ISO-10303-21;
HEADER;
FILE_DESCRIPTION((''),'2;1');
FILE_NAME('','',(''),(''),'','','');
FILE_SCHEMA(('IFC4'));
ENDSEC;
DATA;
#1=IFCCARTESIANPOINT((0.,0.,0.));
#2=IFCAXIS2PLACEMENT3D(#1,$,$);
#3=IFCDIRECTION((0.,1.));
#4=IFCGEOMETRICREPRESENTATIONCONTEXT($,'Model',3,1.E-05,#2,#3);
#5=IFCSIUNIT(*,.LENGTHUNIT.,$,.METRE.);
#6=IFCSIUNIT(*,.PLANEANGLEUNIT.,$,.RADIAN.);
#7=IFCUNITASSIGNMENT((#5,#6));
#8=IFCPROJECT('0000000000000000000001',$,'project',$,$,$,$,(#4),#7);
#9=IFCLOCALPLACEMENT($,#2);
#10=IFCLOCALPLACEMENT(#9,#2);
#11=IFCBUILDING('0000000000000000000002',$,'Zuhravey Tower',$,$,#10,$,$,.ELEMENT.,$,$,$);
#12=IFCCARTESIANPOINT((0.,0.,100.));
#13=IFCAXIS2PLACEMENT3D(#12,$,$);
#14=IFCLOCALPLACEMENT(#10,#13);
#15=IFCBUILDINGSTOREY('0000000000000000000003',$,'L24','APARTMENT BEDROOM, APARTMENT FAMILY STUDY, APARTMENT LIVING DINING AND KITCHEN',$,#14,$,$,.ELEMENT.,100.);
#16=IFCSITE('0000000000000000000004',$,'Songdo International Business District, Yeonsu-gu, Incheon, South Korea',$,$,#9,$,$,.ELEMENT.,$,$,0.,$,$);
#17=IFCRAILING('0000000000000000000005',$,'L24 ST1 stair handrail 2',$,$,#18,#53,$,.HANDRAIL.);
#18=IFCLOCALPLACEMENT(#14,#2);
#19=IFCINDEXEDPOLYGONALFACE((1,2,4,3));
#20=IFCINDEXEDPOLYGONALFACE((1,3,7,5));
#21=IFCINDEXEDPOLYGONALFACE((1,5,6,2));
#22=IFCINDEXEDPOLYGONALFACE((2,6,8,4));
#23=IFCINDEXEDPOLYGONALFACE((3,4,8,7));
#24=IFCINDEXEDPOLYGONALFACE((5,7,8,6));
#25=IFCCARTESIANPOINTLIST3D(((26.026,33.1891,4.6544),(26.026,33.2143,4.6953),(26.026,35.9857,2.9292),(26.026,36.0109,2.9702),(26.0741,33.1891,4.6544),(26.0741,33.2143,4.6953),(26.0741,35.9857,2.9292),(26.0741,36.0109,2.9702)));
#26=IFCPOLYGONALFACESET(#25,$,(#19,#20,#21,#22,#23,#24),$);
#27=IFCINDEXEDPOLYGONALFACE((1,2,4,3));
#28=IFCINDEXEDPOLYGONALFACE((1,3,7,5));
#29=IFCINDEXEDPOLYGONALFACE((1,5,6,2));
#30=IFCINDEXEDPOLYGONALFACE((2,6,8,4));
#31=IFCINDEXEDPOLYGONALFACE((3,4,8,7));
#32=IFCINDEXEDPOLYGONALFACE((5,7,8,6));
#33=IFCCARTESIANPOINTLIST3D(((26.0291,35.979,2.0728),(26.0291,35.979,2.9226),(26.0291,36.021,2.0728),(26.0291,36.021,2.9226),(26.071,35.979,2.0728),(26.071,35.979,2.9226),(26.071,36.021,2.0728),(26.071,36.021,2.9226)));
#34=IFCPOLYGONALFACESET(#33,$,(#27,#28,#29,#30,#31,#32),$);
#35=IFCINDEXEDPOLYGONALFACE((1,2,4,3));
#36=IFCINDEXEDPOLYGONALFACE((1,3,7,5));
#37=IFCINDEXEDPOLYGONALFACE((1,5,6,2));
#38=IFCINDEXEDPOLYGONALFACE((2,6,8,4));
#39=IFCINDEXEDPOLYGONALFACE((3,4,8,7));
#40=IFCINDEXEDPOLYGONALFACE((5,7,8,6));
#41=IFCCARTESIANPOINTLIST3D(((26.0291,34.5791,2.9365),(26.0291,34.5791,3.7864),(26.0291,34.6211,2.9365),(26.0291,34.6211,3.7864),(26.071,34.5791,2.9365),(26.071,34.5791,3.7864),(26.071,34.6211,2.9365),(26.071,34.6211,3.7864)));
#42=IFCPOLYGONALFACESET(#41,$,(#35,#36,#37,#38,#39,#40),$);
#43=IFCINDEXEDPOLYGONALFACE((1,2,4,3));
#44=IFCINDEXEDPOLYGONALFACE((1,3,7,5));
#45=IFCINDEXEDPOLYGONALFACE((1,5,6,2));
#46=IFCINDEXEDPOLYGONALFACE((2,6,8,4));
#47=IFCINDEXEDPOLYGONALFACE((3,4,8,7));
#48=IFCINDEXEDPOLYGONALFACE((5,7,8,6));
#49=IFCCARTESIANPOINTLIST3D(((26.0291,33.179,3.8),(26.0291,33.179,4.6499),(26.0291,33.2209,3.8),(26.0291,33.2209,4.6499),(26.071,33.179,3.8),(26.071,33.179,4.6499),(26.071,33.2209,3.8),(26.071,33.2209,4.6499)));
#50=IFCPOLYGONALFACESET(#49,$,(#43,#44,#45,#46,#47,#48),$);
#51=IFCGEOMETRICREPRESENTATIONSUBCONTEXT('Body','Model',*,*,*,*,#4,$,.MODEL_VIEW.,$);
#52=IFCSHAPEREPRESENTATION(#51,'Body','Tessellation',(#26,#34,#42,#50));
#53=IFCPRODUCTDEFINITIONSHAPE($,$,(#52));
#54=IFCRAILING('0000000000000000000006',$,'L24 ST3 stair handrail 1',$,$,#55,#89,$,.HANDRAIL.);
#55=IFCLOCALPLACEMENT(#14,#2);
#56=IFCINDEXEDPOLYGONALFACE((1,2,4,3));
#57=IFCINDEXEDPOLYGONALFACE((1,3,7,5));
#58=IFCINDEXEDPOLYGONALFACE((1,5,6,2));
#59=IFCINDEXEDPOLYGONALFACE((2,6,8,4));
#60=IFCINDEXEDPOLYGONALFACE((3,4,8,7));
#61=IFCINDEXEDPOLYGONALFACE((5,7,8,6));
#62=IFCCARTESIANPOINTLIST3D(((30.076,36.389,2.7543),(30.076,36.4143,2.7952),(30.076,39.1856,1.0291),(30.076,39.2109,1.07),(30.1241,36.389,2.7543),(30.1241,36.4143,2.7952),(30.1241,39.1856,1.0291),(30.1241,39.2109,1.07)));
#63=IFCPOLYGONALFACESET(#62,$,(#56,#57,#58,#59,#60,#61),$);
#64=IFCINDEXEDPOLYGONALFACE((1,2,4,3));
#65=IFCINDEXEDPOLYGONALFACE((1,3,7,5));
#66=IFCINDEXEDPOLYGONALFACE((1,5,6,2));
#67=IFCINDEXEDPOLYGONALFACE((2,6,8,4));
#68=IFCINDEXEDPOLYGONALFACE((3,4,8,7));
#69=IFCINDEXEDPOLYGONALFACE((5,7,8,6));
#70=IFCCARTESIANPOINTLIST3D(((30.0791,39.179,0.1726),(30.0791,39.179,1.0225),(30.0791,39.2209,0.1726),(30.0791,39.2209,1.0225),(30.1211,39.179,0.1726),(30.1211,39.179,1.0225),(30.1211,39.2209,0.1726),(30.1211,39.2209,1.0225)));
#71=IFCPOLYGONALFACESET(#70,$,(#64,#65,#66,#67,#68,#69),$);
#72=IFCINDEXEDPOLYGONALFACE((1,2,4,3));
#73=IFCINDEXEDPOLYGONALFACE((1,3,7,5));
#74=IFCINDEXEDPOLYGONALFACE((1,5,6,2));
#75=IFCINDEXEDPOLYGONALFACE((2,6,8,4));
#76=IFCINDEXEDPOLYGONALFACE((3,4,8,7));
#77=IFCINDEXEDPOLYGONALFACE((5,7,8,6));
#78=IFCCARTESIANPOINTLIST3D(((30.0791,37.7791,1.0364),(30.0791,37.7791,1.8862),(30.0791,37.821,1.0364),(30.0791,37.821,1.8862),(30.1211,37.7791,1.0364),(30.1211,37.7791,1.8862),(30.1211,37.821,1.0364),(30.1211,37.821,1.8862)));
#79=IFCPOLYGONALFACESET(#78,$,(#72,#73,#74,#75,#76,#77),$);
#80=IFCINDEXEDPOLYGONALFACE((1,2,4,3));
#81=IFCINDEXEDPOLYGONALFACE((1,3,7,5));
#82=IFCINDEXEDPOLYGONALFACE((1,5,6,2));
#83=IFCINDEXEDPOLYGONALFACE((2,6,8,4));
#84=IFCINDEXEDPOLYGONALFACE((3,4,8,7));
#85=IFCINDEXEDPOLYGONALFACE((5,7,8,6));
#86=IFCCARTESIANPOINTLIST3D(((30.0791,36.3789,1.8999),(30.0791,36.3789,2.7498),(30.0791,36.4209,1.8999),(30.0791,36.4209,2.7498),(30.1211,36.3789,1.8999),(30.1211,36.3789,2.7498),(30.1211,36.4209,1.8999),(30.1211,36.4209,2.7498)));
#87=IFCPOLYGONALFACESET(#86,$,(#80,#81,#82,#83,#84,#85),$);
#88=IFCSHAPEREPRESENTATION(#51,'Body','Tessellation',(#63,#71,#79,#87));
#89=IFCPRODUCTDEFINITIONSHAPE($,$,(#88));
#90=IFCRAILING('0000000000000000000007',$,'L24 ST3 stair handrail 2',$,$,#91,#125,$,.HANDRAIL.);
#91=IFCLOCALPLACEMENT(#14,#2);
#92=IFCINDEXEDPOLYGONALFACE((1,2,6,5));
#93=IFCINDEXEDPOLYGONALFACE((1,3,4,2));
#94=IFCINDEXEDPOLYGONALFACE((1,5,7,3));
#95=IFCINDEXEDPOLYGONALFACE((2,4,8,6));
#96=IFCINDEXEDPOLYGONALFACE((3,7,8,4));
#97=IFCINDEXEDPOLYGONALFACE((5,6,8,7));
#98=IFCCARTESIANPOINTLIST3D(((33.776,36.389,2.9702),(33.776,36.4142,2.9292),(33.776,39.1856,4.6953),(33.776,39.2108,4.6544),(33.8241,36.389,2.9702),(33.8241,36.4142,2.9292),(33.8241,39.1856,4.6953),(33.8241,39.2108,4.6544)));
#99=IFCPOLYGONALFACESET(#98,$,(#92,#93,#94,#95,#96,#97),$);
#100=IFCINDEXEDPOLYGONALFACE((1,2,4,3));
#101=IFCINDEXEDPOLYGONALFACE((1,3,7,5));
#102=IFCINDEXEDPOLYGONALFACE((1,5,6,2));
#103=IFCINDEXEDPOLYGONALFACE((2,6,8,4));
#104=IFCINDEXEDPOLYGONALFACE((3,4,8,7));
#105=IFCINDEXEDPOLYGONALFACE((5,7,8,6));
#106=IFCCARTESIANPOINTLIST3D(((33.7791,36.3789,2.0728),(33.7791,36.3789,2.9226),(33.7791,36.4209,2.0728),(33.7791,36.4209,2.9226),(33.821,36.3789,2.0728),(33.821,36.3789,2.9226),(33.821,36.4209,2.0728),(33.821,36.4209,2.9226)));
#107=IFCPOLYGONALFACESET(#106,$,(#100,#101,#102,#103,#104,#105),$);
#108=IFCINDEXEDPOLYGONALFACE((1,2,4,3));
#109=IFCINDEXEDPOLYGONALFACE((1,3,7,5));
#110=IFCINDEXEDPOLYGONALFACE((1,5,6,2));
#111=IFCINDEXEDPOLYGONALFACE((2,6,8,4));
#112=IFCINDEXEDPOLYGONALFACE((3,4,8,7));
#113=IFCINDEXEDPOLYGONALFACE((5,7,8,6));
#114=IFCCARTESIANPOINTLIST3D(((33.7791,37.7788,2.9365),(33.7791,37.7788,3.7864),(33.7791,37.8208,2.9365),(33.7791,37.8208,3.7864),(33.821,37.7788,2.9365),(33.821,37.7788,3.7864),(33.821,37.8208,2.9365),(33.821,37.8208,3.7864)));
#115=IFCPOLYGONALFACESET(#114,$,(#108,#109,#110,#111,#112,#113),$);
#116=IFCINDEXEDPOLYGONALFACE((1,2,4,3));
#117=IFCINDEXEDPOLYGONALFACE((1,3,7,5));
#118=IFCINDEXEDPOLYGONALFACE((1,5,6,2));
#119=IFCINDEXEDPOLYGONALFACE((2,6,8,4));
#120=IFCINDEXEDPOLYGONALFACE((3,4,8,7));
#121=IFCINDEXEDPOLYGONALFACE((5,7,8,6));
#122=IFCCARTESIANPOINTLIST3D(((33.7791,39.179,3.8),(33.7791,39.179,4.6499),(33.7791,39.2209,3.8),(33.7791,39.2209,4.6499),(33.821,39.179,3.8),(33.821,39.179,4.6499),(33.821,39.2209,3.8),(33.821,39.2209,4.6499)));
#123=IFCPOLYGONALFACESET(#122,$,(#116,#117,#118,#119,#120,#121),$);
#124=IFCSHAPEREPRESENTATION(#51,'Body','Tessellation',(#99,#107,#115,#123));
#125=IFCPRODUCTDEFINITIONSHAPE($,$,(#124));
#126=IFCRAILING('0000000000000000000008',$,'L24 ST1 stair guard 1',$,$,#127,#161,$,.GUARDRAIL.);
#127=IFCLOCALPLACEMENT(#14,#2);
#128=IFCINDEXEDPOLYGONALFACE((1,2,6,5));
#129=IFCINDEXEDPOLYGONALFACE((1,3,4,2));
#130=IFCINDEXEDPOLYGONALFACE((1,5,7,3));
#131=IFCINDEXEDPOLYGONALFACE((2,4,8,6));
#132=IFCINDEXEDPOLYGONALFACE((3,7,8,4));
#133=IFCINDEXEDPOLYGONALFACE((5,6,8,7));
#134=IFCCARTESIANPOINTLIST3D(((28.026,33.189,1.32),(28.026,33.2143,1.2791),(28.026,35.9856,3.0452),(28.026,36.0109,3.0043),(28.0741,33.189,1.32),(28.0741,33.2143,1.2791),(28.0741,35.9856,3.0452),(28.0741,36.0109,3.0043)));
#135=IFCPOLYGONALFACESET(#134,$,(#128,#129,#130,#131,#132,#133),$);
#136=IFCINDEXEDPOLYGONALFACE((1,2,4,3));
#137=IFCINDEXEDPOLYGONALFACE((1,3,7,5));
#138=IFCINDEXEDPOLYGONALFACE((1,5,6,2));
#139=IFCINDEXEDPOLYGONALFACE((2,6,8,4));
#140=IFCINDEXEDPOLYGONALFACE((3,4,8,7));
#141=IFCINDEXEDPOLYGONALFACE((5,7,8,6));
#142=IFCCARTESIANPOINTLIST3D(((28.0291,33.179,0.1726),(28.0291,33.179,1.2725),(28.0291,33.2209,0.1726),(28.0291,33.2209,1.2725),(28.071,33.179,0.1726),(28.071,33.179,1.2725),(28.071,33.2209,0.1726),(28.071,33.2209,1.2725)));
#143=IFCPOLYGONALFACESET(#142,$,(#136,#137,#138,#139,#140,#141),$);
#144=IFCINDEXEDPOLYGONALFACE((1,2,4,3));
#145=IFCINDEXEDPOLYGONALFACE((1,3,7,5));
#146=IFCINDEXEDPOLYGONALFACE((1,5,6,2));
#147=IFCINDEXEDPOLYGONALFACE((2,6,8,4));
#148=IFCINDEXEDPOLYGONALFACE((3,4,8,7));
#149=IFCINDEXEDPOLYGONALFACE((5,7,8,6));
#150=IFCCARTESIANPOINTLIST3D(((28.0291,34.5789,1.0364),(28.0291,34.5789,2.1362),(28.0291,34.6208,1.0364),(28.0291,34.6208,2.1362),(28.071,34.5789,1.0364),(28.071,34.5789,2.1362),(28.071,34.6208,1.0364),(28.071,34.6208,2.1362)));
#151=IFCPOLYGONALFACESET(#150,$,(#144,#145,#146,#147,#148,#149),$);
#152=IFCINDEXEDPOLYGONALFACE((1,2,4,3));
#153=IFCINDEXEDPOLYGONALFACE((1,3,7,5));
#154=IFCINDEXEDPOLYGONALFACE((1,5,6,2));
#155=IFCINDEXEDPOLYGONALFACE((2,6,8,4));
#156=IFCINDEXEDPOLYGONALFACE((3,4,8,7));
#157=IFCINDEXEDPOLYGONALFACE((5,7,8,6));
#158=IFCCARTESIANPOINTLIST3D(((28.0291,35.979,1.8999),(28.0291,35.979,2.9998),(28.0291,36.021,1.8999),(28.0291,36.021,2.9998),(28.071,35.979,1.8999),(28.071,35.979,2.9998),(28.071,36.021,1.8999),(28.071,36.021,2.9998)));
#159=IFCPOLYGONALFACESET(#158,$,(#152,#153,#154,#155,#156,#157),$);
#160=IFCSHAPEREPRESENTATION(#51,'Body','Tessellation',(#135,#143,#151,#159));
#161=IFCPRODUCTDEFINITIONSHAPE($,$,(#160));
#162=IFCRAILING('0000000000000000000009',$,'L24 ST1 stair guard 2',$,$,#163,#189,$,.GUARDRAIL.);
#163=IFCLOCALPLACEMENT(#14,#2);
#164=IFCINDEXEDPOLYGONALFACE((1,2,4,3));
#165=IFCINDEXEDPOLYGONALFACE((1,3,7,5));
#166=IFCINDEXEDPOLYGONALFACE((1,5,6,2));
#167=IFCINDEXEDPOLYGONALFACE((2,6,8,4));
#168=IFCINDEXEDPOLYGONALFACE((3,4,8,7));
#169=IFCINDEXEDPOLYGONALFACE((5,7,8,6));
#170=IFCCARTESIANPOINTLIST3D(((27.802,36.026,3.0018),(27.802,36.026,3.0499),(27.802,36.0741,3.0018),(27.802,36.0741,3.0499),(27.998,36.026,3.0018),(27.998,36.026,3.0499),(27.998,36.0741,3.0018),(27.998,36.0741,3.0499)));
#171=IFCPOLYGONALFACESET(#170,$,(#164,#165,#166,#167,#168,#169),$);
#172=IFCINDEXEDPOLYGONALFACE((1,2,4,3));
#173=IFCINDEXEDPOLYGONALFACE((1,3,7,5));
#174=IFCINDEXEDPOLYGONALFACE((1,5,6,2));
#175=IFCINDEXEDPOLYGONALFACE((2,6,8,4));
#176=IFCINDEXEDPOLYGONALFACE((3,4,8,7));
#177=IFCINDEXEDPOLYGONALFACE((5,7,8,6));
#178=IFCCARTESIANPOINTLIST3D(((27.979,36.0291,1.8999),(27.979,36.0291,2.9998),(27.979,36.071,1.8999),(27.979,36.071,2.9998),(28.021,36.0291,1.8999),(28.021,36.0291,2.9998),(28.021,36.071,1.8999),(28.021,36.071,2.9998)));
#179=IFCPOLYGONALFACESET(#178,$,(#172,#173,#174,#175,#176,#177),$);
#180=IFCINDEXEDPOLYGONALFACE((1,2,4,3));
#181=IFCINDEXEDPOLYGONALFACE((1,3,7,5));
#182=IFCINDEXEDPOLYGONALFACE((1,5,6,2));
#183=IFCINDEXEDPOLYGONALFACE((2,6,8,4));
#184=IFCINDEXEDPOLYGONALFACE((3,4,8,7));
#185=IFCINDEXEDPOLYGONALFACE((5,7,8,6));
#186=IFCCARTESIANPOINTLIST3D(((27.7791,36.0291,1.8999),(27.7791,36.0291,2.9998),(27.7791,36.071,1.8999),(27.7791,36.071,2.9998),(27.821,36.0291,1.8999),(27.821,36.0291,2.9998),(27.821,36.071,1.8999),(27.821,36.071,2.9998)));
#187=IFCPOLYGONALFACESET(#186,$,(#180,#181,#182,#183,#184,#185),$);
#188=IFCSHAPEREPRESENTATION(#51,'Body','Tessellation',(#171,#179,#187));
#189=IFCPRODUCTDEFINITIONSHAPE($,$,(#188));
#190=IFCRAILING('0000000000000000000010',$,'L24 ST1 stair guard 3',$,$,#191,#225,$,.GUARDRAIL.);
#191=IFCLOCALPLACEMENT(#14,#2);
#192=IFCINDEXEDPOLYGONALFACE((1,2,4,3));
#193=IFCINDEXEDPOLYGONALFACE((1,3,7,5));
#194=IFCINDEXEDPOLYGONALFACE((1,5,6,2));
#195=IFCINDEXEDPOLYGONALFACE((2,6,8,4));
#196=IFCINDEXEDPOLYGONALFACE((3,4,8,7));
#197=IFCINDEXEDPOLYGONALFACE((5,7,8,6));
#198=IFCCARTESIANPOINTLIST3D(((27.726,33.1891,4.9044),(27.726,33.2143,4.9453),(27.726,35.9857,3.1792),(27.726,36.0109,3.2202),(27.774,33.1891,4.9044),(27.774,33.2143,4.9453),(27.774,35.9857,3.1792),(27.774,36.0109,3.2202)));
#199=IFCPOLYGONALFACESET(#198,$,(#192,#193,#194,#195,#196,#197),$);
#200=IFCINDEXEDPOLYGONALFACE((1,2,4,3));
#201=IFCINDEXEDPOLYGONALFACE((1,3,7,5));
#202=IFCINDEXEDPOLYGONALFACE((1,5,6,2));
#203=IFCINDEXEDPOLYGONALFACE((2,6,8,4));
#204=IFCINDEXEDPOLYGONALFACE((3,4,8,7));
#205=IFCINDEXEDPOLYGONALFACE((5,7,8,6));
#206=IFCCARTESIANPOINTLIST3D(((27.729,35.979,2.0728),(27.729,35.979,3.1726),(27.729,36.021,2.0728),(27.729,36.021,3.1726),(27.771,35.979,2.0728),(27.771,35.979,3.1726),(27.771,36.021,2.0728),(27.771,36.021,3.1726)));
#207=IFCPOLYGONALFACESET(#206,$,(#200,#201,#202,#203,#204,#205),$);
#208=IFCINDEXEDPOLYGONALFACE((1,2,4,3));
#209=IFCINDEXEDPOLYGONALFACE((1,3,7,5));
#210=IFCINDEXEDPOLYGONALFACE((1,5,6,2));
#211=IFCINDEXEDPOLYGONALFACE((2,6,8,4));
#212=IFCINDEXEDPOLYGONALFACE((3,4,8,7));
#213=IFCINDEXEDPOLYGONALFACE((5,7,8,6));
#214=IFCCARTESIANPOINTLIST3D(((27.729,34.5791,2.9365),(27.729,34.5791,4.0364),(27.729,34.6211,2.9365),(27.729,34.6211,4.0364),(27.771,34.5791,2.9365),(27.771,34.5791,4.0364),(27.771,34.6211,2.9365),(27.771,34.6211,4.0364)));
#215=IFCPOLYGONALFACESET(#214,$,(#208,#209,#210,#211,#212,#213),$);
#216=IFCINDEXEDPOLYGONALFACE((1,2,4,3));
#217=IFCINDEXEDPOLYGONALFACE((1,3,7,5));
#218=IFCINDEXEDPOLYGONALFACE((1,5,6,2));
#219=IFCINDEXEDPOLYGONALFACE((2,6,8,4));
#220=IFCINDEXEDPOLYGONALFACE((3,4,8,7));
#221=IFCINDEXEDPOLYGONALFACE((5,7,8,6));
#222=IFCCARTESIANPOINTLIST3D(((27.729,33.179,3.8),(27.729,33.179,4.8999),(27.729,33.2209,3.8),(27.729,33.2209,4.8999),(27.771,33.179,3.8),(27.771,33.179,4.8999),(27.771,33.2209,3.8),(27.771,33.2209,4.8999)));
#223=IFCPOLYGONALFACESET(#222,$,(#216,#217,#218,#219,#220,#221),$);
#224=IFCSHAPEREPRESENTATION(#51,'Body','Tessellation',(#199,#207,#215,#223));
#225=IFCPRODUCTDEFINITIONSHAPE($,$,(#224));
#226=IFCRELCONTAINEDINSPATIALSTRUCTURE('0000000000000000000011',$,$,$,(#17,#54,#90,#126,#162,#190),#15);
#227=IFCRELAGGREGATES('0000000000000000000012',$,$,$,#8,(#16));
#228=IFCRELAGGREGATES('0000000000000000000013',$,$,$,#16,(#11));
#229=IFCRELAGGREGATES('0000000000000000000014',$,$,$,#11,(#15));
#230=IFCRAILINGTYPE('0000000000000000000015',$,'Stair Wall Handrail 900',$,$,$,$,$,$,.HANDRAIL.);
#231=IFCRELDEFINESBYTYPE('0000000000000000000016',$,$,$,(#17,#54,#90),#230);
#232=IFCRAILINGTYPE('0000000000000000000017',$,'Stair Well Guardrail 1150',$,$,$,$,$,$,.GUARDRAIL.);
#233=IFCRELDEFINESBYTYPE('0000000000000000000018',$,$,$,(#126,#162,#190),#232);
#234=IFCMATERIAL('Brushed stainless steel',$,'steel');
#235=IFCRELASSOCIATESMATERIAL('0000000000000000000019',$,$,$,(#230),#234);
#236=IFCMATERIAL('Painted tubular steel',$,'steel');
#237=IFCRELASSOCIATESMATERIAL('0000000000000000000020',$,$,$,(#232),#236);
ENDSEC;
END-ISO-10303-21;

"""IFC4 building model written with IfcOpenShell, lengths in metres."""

from ifc_helpers import new_model, si_unit, direction, frame, origin, origin_2d, place, context, subcontext, project, spatial, rectangle, extrude, material, type_object, element, save


model = new_model("IFC4")

# Units and contexts
model_context = context("Model", 3, precision=1e-05, world=origin(), true_north=direction((0.0, 1.0)))
body_context = subcontext(model_context, "Body", "Model", "MODEL_VIEW")
ifc_project = project(units=[si_unit("LENGTHUNIT", "METRE"), si_unit("PLANEANGLEUNIT", "RADIAN")], contexts=[model_context])

# Site, building, storey
site_placement = place(None, origin())
site = spatial("IfcSite", under=ifc_project, at=site_placement, Name="Songdo International Business District, Yeonsu-gu, Incheon, South Korea", CompositionType="ELEMENT", RefElevation=0.0)
building_placement = place(site_placement, origin())
building = spatial("IfcBuilding", under=site, at=building_placement, Name="Zuhravey Tower", CompositionType="ELEMENT")
storey_placement = place(building_placement, frame((0.0, 0.0, 100.0)))
storey = spatial("IfcBuildingStorey", under=building, at=storey_placement, Name="L24", Description="APARTMENT BEDROOM, APARTMENT FAMILY STUDY, APARTMENT LIVING DINING AND KITCHEN", CompositionType="ELEMENT", Elevation=100.0)

# Railings
ifc_material_1 = material(Name="Brushed stainless steel", Category="steel")
railing_type_1 = type_object("IfcRailingType", Name="Stair Wall Handrail 900", PredefinedType="HANDRAIL", material=ifc_material_1)
for number, where, name in (
    (1, (26.05, 36.0, 2.0728), "L24 ST1 stair handrail 2"),
    (2, (30.1001, 39.2, 0.1726), "L24 ST3 stair handrail 1"),
):
    element("IfcRailing", number, at=place(storey_placement, frame(where)), inside=storey, type_object=railing_type_1, Name=name, PredefinedType="HANDRAIL", context=body_context, shape_type="SweptSolid", body=[
        extrude(rectangle(XDim=0.0481, YDim=0.0481, at=origin_2d()), frame((0.0, -0.0017, 0.877), z_axis=(0.0, -0.85109, 0.52502), x_axis=(1.0, 0.0, 0.0)), (0.0, 0.0, 1.0), 3.2859),
        extrude(rectangle(XDim=0.042, YDim=0.042, at=origin_2d()), origin(), (0.0, 0.0, 1.0), 0.8499),
        extrude(rectangle(XDim=0.042, YDim=0.042, at=origin_2d()), frame((0.0, -1.3999, 0.8638)), (0.0, 0.0, 1.0), 0.8499),
        extrude(rectangle(XDim=0.042, YDim=0.042, at=origin_2d()), frame((0.0, -2.8, 1.7273)), (0.0, 0.0, 1.0), 0.8499),
    ])
railing_1_placement = place(storey_placement, frame((33.8, 36.3999, 2.0728)))
element("IfcRailing", 3, at=railing_1_placement, inside=storey, type_object=railing_type_1, Name="L24 ST3 stair handrail 2", PredefinedType="HANDRAIL", context=body_context, shape_type="SweptSolid", body=[
    extrude(rectangle(XDim=0.0481, YDim=0.0481, at=origin_2d()), frame((0.0, 0.0017, 0.877), z_axis=(0.0, 0.85109, 0.52502), x_axis=(-1.0, 0.0, 0.0)), (0.0, 0.0, 1.0), 3.2859),
    extrude(rectangle(XDim=0.042, YDim=0.042, at=origin_2d()), origin(), (0.0, 0.0, 1.0), 0.8499),
    extrude(rectangle(XDim=0.042, YDim=0.042, at=origin_2d()), frame((0.0, 1.3999, 0.8638)), (0.0, 0.0, 1.0), 0.8499),
    extrude(rectangle(XDim=0.042, YDim=0.042, at=origin_2d()), frame((0.0, 2.8, 1.7273)), (0.0, 0.0, 1.0), 0.8499),
])
ifc_material_2 = material(Name="Painted tubular steel", Category="steel")
railing_type_2 = type_object("IfcRailingType", Name="Stair Well Guardrail 1150", PredefinedType="GUARDRAIL", material=ifc_material_2)
railing_2_placement = place(storey_placement, frame((28.05, 33.2, 0.1726)))
element("IfcRailing", 4, at=railing_2_placement, inside=storey, type_object=railing_type_2, Name="L24 ST1 stair guard 1", PredefinedType="GUARDRAIL", context=body_context, shape_type="SweptSolid", body=[
    extrude(rectangle(XDim=0.0481, YDim=0.0481, at=origin_2d()), frame((0.0, 0.0017, 1.127), z_axis=(0.0, 0.85109, 0.52502), x_axis=(-1.0, 0.0, 0.0)), (0.0, 0.0, 1.0), 3.2859),
    extrude(rectangle(XDim=0.042, YDim=0.042, at=origin_2d()), origin(), (0.0, 0.0, 1.0), 1.0999),
    extrude(rectangle(XDim=0.042, YDim=0.042, at=origin_2d()), frame((0.0, 1.3999, 0.8638)), (0.0, 0.0, 1.0), 1.0999),
    extrude(rectangle(XDim=0.042, YDim=0.042, at=origin_2d()), frame((0.0, 2.8, 1.7273)), (0.0, 0.0, 1.0), 1.0999),
])
railing_3_placement = place(storey_placement, frame((28.0, 36.05, 1.8999)))
element("IfcRailing", 5, at=railing_3_placement, inside=storey, type_object=railing_type_2, Name="L24 ST1 stair guard 2", PredefinedType="GUARDRAIL", context=body_context, shape_type="SweptSolid", body=[
    extrude(rectangle(XDim=0.0481, YDim=0.0481, at=origin_2d()), frame((-0.002, 0.0, 1.126), z_axis=(-1.0, 0.0, 0.0), x_axis=(0.0, -1.0, 0.0)), (0.0, 0.0, 1.0), 0.196),
    extrude(rectangle(XDim=0.042, YDim=0.042, at=origin_2d()), origin(), (0.0, 0.0, 1.0), 1.0999),
    extrude(rectangle(XDim=0.042, YDim=0.042, at=origin_2d()), frame((-0.2, 0.0, 0.0)), (0.0, 0.0, 1.0), 1.0999),
])
railing_4_placement = place(storey_placement, frame((27.75, 36.0, 2.0728)))
element("IfcRailing", 6, at=railing_4_placement, inside=storey, type_object=railing_type_2, Name="L24 ST1 stair guard 3", PredefinedType="GUARDRAIL", context=body_context, shape_type="SweptSolid", body=[
    extrude(rectangle(XDim=0.0481, YDim=0.0481, at=origin_2d()), frame((0.0, -0.0017, 1.127), z_axis=(0.0, -0.85109, 0.52502), x_axis=(1.0, 0.0, 0.0)), (0.0, 0.0, 1.0), 3.2859),
    extrude(rectangle(XDim=0.042, YDim=0.042, at=origin_2d()), origin(), (0.0, 0.0, 1.0), 1.0999),
    extrude(rectangle(XDim=0.042, YDim=0.042, at=origin_2d()), frame((0.0, -1.3999, 0.8638)), (0.0, 0.0, 1.0), 1.0999),
    extrude(rectangle(XDim=0.042, YDim=0.042, at=origin_2d()), frame((0.0, -2.8, 1.7273)), (0.0, 0.0, 1.0), 1.0999),
])

save(model, "model.ifc")
